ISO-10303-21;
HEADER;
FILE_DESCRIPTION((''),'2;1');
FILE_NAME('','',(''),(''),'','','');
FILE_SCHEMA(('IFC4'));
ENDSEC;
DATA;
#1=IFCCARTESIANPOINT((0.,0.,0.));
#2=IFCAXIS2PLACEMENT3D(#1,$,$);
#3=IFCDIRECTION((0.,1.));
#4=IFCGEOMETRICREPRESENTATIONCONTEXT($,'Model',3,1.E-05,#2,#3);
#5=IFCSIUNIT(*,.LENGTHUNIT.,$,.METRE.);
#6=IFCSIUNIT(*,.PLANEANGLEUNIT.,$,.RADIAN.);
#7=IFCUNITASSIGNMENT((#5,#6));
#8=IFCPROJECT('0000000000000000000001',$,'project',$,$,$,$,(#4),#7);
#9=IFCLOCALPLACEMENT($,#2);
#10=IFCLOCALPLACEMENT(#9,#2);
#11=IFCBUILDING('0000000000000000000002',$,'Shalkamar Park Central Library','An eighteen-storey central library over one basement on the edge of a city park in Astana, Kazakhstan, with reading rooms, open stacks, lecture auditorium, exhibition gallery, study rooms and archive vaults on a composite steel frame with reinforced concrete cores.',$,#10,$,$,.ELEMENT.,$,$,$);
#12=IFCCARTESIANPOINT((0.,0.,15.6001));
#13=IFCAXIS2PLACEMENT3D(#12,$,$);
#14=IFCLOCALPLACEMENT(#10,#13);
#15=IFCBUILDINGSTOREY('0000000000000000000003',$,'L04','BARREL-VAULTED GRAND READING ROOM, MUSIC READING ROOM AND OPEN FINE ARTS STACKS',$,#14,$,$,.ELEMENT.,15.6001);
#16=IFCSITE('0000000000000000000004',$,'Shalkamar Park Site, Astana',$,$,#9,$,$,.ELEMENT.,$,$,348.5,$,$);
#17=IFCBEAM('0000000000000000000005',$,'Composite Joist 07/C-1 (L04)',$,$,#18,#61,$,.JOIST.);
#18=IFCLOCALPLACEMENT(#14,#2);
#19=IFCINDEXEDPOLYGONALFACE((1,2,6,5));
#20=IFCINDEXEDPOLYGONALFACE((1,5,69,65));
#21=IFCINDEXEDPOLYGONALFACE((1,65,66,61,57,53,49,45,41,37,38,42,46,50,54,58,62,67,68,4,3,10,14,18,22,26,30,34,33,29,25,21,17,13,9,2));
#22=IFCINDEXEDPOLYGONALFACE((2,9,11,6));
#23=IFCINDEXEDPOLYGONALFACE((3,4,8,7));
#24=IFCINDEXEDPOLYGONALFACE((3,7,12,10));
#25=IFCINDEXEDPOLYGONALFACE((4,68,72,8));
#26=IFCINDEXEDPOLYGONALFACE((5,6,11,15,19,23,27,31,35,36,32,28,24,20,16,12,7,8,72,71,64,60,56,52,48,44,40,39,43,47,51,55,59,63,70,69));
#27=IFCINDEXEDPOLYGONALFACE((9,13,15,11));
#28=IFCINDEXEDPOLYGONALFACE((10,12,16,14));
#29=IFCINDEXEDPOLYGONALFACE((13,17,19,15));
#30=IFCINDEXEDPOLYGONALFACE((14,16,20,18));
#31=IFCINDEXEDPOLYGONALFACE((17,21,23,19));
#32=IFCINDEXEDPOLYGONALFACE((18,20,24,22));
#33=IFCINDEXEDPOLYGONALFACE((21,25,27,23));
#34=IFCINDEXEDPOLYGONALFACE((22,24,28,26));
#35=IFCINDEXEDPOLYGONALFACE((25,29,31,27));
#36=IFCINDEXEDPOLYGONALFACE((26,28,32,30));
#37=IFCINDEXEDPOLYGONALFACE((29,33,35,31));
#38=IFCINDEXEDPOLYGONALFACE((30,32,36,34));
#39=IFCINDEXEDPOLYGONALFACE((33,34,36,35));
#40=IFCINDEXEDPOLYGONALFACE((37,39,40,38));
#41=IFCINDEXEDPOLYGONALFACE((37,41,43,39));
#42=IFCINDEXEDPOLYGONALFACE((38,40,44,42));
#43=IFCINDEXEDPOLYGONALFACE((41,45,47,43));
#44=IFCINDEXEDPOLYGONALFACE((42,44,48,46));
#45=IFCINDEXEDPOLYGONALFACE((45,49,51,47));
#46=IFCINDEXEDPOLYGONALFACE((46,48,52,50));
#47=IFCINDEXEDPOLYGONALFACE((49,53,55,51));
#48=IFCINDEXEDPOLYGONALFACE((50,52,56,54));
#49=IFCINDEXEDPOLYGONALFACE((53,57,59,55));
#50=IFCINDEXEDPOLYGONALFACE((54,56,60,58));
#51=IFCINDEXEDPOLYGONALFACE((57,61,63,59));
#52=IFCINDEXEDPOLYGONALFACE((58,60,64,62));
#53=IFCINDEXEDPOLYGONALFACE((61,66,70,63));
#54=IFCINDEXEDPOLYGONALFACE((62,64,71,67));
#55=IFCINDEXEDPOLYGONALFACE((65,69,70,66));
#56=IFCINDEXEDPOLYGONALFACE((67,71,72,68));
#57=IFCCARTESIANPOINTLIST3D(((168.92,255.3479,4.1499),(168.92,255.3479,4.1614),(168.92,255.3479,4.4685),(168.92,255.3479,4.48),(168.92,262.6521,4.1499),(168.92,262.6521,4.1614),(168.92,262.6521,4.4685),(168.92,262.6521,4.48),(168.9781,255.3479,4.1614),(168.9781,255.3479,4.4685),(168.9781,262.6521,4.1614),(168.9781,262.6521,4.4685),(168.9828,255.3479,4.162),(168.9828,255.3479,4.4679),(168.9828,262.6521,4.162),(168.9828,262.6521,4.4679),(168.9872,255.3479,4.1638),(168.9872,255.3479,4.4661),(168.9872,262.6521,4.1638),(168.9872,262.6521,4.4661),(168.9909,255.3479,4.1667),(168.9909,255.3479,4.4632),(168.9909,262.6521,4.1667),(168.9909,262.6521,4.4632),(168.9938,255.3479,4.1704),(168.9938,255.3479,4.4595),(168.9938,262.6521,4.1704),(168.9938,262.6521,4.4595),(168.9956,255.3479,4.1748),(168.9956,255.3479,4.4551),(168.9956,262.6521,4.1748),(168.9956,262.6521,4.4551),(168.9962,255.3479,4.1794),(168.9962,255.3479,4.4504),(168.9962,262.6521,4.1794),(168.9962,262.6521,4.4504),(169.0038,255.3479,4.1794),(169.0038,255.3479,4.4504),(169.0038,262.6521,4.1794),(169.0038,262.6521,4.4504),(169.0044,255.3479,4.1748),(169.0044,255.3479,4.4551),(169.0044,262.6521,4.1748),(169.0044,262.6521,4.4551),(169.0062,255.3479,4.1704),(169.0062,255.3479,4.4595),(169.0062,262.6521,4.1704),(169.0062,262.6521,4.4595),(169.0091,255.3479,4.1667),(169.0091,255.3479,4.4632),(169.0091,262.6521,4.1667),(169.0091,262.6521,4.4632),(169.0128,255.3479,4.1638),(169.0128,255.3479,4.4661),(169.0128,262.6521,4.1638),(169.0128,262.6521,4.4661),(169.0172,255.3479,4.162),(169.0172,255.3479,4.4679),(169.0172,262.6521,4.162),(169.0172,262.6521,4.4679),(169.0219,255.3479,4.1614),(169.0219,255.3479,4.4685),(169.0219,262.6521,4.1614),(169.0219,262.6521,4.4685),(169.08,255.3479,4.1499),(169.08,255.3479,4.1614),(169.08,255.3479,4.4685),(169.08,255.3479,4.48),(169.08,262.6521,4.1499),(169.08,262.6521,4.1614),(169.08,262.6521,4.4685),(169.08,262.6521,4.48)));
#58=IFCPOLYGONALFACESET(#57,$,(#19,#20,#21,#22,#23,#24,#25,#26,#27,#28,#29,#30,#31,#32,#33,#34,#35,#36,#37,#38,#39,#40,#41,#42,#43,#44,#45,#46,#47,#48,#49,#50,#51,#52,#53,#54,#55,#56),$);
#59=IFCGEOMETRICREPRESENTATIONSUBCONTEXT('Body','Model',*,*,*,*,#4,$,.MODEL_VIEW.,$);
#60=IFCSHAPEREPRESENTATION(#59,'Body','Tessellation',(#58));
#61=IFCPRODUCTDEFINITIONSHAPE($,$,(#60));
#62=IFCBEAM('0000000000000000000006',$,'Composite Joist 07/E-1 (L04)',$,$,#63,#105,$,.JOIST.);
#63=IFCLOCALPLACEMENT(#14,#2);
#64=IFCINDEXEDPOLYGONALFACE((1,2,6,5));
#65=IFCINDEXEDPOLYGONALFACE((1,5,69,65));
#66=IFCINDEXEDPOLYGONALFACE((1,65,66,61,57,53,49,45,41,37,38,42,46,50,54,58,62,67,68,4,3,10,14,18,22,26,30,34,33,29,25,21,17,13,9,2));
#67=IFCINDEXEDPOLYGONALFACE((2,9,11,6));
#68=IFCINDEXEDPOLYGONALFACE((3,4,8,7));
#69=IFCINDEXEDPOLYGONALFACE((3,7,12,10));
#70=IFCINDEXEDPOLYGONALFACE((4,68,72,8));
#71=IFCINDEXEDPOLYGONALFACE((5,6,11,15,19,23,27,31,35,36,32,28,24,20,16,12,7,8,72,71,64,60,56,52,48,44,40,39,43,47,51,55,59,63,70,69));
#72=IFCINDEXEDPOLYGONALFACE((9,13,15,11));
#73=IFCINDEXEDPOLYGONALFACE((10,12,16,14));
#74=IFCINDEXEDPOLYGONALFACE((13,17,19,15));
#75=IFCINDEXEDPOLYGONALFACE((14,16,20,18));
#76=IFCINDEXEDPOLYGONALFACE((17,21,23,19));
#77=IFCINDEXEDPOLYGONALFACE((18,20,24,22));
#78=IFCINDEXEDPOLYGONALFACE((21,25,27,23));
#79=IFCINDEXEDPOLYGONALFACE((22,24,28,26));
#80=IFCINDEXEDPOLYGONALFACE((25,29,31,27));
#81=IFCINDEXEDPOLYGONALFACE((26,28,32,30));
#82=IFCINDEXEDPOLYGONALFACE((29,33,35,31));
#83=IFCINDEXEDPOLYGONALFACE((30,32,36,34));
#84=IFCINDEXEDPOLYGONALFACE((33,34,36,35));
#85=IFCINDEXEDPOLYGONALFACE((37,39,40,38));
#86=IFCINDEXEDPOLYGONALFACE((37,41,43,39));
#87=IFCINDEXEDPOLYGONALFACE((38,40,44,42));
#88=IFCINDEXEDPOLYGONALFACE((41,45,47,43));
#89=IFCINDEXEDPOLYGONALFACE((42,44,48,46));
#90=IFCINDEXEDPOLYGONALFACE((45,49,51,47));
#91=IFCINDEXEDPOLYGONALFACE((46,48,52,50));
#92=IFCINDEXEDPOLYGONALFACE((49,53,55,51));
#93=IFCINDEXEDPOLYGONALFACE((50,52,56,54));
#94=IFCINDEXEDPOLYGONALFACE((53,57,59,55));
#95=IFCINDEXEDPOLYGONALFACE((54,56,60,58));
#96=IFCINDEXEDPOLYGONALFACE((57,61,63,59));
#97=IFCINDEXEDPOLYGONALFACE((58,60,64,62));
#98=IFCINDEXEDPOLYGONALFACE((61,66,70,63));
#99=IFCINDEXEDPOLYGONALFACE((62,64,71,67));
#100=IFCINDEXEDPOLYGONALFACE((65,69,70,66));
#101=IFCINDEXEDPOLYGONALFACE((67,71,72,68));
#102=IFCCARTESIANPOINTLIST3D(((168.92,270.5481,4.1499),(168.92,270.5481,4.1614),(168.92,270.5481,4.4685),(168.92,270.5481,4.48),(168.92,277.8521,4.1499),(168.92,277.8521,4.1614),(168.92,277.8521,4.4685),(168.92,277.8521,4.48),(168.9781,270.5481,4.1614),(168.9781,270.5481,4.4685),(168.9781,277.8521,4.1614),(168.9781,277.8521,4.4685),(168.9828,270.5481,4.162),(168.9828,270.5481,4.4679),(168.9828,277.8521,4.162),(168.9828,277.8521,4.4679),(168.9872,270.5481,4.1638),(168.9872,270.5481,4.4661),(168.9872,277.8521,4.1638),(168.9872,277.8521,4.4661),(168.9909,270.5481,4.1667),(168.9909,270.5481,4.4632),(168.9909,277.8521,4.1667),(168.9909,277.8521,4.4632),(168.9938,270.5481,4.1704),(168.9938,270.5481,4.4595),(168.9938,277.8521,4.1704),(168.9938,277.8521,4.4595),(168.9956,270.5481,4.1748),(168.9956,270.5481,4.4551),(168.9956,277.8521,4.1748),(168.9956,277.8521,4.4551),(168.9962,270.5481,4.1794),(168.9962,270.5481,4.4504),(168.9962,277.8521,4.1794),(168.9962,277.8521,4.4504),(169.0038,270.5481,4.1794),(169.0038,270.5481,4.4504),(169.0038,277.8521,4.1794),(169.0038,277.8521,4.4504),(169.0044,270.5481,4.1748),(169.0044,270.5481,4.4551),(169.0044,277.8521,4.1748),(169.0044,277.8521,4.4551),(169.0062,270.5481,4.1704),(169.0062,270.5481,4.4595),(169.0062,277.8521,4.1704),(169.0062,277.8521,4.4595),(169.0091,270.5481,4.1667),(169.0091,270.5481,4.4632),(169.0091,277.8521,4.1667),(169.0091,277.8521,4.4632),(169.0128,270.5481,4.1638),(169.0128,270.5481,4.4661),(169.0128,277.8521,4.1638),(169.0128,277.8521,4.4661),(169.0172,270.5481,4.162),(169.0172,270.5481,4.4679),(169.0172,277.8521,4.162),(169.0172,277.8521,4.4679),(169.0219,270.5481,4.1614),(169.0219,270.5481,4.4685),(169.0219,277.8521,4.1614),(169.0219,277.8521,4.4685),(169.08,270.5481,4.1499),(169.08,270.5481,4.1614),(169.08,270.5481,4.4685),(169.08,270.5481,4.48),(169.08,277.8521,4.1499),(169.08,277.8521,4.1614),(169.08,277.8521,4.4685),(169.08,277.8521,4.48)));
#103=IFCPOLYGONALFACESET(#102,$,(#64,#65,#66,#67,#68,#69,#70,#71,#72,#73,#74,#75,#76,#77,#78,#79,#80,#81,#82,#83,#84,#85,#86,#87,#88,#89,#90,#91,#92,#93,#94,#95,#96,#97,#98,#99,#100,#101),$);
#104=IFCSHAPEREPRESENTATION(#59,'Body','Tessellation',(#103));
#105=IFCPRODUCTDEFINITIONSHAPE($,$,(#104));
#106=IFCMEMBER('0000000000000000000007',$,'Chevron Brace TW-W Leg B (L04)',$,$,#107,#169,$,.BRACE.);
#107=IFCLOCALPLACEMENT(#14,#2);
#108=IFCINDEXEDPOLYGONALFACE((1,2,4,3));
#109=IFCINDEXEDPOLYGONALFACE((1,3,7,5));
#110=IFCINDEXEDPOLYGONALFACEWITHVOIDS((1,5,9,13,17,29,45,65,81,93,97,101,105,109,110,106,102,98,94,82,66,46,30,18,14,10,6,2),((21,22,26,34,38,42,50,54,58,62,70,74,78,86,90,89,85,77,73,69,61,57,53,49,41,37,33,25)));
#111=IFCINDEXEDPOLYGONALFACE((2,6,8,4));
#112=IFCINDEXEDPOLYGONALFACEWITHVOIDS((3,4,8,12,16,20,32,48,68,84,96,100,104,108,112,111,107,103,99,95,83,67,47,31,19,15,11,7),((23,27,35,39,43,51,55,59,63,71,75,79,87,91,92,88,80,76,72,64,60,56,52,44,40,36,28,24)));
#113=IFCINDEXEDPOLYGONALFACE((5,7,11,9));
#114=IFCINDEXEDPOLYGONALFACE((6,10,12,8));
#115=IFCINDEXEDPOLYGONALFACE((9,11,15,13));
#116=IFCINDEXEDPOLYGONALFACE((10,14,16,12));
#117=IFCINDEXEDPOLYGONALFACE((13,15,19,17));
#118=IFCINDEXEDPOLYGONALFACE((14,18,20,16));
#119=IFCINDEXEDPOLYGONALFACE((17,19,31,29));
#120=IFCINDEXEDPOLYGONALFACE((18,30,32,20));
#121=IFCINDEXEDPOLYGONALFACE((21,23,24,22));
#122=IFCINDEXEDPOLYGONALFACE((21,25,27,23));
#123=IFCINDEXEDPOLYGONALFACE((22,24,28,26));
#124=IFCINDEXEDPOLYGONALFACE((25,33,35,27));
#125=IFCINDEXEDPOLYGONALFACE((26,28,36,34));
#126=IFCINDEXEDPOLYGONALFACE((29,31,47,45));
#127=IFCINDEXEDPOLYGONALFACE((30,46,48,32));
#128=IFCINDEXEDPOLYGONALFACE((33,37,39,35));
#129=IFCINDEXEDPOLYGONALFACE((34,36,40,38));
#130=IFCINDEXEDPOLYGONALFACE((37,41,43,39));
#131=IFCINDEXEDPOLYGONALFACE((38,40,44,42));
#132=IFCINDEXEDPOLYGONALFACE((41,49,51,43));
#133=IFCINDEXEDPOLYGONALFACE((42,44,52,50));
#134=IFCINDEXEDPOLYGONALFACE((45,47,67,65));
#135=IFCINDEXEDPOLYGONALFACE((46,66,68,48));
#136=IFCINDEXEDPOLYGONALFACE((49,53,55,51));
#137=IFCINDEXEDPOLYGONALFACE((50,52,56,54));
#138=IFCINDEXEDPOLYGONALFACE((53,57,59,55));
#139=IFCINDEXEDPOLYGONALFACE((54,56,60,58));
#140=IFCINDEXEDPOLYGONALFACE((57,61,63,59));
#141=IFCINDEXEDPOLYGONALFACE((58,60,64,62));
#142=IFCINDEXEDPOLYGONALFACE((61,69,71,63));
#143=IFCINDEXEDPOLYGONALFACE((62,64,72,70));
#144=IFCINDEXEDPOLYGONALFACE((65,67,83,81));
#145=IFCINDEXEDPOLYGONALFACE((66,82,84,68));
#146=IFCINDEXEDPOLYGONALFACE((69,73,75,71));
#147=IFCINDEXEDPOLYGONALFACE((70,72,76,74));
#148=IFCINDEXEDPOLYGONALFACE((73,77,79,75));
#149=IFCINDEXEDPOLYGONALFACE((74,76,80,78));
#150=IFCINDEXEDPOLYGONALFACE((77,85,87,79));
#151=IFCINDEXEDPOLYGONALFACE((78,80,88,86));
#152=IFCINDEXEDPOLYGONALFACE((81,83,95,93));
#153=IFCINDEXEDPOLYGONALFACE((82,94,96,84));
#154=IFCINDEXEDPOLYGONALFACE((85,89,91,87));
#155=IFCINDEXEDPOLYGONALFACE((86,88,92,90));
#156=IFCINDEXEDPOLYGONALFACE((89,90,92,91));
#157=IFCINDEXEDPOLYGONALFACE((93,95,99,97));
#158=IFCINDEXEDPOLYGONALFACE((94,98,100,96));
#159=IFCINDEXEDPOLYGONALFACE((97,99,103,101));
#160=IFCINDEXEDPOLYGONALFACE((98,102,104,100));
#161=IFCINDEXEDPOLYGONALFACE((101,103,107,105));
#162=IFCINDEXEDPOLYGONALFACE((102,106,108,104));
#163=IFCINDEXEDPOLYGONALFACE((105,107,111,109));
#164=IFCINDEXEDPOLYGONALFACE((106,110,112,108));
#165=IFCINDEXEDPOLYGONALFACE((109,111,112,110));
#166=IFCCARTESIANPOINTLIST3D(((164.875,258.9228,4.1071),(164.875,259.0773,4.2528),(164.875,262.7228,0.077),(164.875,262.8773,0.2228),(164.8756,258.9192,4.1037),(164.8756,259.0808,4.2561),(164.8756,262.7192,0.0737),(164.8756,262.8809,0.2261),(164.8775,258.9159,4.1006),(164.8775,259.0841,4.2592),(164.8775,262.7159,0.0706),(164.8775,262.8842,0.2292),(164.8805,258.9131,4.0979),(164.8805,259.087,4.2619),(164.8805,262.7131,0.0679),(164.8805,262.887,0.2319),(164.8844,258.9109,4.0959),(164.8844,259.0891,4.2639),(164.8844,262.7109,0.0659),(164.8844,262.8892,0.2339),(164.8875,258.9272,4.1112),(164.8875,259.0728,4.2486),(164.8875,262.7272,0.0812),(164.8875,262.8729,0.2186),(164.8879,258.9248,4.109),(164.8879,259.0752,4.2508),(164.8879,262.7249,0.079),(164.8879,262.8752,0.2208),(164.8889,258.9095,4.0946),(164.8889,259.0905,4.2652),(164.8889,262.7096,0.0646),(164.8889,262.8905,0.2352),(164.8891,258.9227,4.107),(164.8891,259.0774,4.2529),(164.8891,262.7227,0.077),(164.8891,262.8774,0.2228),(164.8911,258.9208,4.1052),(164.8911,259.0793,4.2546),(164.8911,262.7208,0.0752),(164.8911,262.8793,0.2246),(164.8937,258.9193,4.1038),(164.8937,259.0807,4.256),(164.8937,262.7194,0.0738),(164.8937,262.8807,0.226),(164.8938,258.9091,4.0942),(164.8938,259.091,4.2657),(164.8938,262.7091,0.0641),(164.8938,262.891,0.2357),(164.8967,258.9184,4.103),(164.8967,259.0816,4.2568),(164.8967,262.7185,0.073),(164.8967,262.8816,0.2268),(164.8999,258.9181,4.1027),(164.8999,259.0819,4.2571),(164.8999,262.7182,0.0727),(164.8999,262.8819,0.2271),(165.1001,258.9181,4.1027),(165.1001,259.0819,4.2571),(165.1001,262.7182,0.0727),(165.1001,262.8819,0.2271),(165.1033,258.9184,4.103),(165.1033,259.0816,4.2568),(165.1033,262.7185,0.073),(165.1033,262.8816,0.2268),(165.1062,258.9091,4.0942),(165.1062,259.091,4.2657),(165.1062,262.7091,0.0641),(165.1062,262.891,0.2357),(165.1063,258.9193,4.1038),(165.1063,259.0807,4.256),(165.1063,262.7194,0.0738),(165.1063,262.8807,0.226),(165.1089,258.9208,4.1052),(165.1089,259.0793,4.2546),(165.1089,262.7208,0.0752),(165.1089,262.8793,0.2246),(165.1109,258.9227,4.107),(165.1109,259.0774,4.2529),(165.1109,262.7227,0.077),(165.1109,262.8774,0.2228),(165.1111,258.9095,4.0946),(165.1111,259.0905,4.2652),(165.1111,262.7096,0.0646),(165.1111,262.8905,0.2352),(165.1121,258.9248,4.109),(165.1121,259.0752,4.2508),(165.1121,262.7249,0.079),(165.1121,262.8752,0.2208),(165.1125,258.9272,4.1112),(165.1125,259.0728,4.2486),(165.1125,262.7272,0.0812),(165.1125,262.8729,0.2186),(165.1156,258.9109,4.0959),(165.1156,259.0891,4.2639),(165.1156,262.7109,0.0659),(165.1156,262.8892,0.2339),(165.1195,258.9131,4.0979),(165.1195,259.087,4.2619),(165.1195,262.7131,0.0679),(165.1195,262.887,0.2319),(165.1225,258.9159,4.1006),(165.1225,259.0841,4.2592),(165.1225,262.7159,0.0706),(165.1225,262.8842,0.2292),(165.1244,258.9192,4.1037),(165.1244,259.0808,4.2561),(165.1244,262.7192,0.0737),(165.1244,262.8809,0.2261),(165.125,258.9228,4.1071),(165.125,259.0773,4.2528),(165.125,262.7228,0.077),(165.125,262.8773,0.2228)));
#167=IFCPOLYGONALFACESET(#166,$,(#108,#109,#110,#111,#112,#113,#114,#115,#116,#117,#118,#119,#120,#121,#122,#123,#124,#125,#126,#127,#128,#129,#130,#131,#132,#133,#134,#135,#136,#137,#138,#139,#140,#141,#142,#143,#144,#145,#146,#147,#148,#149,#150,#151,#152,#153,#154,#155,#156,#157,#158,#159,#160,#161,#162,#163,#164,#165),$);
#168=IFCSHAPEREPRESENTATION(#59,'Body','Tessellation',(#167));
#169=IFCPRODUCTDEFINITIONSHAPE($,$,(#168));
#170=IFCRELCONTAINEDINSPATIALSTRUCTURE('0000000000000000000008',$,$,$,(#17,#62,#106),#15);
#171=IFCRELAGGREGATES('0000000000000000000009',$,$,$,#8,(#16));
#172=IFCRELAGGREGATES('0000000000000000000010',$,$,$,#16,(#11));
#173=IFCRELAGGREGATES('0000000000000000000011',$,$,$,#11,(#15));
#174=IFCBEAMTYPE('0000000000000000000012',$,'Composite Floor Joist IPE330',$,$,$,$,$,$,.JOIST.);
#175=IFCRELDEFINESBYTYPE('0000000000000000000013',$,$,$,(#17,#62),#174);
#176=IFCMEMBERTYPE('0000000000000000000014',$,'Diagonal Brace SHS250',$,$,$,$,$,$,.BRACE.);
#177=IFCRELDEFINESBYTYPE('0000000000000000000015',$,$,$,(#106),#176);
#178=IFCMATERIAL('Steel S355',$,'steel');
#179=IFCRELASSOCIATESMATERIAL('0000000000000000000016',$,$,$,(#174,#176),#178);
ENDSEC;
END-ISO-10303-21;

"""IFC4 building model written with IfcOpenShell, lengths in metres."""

from ifc_helpers import new_model, si_unit, direction, frame, origin, origin_2d, place, context, subcontext, project, spatial, hollow_rectangle, i_section, extrude, material, material_profile, profile_set, type_object, element, save


model = new_model("IFC4")

# Units and contexts
model_context = context("Model", 3, precision=1e-05, world=origin(), true_north=direction((0.0, 1.0)))
body_context = subcontext(model_context, "Body", "Model", "MODEL_VIEW")
ifc_project = project(units=[si_unit("LENGTHUNIT", "METRE"), si_unit("PLANEANGLEUNIT", "RADIAN")], contexts=[model_context])

# Site, building, storey
site_placement = place(None, origin())
site = spatial("IfcSite", under=ifc_project, at=site_placement, Name="Shalkamar Park Site, Astana", CompositionType="ELEMENT", RefElevation=348.5)
building_placement = place(site_placement, origin())
building = spatial("IfcBuilding", under=site, at=building_placement, Name="Shalkamar Park Central Library", Description="An eighteen-storey central library over one basement on the edge of a city park in Astana, Kazakhstan, with reading rooms, open stacks, lecture auditorium, exhibition gallery, study rooms and archive vaults on a composite steel frame with reinforced concrete cores.", CompositionType="ELEMENT")
storey_placement = place(building_placement, frame((0.0, 0.0, 15.6001)))
storey = spatial("IfcBuildingStorey", under=building, at=storey_placement, Name="L04", Description="BARREL-VAULTED GRAND READING ROOM, MUSIC READING ROOM AND OPEN FINE ARTS STACKS", CompositionType="ELEMENT", Elevation=15.6001)

# Shared definitions
ifc_material_1 = material(Name="Steel S355", Category="steel")

# Beams
ifc_material_profile_1 = material_profile(ifc_material_1, i_section(OverallWidth=0.1599, OverallDepth=0.3301, WebThickness=0.0076, FlangeThickness=0.0115, FilletRadius=0.0181, at=origin_2d()), Name="IPE 330")
ifc_profile_set_1 = profile_set([ifc_material_profile_1], Name="Steel S355")
beam_type_1 = type_object("IfcBeamType", Name="Composite Floor Joist IPE330", PredefinedType="JOIST", material=ifc_profile_set_1)
beam_1_placement = place(storey_placement, frame((169.0, 255.3479, 4.3149), z_axis=(0.0, 1.0, 0.0), x_axis=(-1.0, 0.0, 0.0)))
element("IfcBeam", 1, at=beam_1_placement, inside=storey, type_object=beam_type_1, Name="Composite Joist 07/C-1 (L04)", PredefinedType="JOIST", context=body_context, shape_type="SweptSolid", body=[
    extrude(i_section(OverallWidth=0.1599, OverallDepth=0.3301, WebThickness=0.0076, FlangeThickness=0.0115, FilletRadius=0.0181, at=origin_2d()), origin(), (0.0, 0.0, 1.0), 7.3042),
])
beam_2_placement = place(storey_placement, frame((169.0, 270.5481, 4.3149), z_axis=(0.0, 1.0, 0.0), x_axis=(-1.0, 0.0, 0.0)))
element("IfcBeam", 2, at=beam_2_placement, inside=storey, type_object=beam_type_1, Name="Composite Joist 07/E-1 (L04)", PredefinedType="JOIST", context=body_context, shape_type="SweptSolid", body=[
    extrude(i_section(OverallWidth=0.1599, OverallDepth=0.3301, WebThickness=0.0076, FlangeThickness=0.0115, FilletRadius=0.0181, at=origin_2d()), origin(), (0.0, 0.0, 1.0), 7.304),
])

# Member
ifc_material_profile_2 = material_profile(ifc_material_1, hollow_rectangle(XDim=0.25, YDim=0.25, WallThickness=0.0125, InnerFilletRadius=0.0125, OuterFilletRadius=0.0188, at=origin_2d()), Name="SHS 250x250x12.5")
ifc_profile_set_2 = profile_set([ifc_material_profile_2], Name="Steel S355")
member_type = type_object("IfcMemberType", Name="Diagonal Brace SHS250", PredefinedType="BRACE", material=ifc_profile_set_2)
member_placement = place(storey_placement, frame((165.0, 262.8, 0.1499), z_axis=(0.0, -0.686042, 0.727562), x_axis=(1.0, 0.0, 0.0)))
element("IfcMember", 3, at=member_placement, inside=storey, type_object=member_type, Name="Chevron Brace TW-W Leg B (L04)", PredefinedType="BRACE", context=body_context, shape_type="SweptSolid", body=[
    extrude(hollow_rectangle(XDim=0.25, YDim=0.25, WallThickness=0.0125, InnerFilletRadius=0.0125, OuterFilletRadius=0.0188, at=origin_2d()), origin(), (0.0, 0.0, 1.0), 5.5391),
])

save(model, "model.ifc")
